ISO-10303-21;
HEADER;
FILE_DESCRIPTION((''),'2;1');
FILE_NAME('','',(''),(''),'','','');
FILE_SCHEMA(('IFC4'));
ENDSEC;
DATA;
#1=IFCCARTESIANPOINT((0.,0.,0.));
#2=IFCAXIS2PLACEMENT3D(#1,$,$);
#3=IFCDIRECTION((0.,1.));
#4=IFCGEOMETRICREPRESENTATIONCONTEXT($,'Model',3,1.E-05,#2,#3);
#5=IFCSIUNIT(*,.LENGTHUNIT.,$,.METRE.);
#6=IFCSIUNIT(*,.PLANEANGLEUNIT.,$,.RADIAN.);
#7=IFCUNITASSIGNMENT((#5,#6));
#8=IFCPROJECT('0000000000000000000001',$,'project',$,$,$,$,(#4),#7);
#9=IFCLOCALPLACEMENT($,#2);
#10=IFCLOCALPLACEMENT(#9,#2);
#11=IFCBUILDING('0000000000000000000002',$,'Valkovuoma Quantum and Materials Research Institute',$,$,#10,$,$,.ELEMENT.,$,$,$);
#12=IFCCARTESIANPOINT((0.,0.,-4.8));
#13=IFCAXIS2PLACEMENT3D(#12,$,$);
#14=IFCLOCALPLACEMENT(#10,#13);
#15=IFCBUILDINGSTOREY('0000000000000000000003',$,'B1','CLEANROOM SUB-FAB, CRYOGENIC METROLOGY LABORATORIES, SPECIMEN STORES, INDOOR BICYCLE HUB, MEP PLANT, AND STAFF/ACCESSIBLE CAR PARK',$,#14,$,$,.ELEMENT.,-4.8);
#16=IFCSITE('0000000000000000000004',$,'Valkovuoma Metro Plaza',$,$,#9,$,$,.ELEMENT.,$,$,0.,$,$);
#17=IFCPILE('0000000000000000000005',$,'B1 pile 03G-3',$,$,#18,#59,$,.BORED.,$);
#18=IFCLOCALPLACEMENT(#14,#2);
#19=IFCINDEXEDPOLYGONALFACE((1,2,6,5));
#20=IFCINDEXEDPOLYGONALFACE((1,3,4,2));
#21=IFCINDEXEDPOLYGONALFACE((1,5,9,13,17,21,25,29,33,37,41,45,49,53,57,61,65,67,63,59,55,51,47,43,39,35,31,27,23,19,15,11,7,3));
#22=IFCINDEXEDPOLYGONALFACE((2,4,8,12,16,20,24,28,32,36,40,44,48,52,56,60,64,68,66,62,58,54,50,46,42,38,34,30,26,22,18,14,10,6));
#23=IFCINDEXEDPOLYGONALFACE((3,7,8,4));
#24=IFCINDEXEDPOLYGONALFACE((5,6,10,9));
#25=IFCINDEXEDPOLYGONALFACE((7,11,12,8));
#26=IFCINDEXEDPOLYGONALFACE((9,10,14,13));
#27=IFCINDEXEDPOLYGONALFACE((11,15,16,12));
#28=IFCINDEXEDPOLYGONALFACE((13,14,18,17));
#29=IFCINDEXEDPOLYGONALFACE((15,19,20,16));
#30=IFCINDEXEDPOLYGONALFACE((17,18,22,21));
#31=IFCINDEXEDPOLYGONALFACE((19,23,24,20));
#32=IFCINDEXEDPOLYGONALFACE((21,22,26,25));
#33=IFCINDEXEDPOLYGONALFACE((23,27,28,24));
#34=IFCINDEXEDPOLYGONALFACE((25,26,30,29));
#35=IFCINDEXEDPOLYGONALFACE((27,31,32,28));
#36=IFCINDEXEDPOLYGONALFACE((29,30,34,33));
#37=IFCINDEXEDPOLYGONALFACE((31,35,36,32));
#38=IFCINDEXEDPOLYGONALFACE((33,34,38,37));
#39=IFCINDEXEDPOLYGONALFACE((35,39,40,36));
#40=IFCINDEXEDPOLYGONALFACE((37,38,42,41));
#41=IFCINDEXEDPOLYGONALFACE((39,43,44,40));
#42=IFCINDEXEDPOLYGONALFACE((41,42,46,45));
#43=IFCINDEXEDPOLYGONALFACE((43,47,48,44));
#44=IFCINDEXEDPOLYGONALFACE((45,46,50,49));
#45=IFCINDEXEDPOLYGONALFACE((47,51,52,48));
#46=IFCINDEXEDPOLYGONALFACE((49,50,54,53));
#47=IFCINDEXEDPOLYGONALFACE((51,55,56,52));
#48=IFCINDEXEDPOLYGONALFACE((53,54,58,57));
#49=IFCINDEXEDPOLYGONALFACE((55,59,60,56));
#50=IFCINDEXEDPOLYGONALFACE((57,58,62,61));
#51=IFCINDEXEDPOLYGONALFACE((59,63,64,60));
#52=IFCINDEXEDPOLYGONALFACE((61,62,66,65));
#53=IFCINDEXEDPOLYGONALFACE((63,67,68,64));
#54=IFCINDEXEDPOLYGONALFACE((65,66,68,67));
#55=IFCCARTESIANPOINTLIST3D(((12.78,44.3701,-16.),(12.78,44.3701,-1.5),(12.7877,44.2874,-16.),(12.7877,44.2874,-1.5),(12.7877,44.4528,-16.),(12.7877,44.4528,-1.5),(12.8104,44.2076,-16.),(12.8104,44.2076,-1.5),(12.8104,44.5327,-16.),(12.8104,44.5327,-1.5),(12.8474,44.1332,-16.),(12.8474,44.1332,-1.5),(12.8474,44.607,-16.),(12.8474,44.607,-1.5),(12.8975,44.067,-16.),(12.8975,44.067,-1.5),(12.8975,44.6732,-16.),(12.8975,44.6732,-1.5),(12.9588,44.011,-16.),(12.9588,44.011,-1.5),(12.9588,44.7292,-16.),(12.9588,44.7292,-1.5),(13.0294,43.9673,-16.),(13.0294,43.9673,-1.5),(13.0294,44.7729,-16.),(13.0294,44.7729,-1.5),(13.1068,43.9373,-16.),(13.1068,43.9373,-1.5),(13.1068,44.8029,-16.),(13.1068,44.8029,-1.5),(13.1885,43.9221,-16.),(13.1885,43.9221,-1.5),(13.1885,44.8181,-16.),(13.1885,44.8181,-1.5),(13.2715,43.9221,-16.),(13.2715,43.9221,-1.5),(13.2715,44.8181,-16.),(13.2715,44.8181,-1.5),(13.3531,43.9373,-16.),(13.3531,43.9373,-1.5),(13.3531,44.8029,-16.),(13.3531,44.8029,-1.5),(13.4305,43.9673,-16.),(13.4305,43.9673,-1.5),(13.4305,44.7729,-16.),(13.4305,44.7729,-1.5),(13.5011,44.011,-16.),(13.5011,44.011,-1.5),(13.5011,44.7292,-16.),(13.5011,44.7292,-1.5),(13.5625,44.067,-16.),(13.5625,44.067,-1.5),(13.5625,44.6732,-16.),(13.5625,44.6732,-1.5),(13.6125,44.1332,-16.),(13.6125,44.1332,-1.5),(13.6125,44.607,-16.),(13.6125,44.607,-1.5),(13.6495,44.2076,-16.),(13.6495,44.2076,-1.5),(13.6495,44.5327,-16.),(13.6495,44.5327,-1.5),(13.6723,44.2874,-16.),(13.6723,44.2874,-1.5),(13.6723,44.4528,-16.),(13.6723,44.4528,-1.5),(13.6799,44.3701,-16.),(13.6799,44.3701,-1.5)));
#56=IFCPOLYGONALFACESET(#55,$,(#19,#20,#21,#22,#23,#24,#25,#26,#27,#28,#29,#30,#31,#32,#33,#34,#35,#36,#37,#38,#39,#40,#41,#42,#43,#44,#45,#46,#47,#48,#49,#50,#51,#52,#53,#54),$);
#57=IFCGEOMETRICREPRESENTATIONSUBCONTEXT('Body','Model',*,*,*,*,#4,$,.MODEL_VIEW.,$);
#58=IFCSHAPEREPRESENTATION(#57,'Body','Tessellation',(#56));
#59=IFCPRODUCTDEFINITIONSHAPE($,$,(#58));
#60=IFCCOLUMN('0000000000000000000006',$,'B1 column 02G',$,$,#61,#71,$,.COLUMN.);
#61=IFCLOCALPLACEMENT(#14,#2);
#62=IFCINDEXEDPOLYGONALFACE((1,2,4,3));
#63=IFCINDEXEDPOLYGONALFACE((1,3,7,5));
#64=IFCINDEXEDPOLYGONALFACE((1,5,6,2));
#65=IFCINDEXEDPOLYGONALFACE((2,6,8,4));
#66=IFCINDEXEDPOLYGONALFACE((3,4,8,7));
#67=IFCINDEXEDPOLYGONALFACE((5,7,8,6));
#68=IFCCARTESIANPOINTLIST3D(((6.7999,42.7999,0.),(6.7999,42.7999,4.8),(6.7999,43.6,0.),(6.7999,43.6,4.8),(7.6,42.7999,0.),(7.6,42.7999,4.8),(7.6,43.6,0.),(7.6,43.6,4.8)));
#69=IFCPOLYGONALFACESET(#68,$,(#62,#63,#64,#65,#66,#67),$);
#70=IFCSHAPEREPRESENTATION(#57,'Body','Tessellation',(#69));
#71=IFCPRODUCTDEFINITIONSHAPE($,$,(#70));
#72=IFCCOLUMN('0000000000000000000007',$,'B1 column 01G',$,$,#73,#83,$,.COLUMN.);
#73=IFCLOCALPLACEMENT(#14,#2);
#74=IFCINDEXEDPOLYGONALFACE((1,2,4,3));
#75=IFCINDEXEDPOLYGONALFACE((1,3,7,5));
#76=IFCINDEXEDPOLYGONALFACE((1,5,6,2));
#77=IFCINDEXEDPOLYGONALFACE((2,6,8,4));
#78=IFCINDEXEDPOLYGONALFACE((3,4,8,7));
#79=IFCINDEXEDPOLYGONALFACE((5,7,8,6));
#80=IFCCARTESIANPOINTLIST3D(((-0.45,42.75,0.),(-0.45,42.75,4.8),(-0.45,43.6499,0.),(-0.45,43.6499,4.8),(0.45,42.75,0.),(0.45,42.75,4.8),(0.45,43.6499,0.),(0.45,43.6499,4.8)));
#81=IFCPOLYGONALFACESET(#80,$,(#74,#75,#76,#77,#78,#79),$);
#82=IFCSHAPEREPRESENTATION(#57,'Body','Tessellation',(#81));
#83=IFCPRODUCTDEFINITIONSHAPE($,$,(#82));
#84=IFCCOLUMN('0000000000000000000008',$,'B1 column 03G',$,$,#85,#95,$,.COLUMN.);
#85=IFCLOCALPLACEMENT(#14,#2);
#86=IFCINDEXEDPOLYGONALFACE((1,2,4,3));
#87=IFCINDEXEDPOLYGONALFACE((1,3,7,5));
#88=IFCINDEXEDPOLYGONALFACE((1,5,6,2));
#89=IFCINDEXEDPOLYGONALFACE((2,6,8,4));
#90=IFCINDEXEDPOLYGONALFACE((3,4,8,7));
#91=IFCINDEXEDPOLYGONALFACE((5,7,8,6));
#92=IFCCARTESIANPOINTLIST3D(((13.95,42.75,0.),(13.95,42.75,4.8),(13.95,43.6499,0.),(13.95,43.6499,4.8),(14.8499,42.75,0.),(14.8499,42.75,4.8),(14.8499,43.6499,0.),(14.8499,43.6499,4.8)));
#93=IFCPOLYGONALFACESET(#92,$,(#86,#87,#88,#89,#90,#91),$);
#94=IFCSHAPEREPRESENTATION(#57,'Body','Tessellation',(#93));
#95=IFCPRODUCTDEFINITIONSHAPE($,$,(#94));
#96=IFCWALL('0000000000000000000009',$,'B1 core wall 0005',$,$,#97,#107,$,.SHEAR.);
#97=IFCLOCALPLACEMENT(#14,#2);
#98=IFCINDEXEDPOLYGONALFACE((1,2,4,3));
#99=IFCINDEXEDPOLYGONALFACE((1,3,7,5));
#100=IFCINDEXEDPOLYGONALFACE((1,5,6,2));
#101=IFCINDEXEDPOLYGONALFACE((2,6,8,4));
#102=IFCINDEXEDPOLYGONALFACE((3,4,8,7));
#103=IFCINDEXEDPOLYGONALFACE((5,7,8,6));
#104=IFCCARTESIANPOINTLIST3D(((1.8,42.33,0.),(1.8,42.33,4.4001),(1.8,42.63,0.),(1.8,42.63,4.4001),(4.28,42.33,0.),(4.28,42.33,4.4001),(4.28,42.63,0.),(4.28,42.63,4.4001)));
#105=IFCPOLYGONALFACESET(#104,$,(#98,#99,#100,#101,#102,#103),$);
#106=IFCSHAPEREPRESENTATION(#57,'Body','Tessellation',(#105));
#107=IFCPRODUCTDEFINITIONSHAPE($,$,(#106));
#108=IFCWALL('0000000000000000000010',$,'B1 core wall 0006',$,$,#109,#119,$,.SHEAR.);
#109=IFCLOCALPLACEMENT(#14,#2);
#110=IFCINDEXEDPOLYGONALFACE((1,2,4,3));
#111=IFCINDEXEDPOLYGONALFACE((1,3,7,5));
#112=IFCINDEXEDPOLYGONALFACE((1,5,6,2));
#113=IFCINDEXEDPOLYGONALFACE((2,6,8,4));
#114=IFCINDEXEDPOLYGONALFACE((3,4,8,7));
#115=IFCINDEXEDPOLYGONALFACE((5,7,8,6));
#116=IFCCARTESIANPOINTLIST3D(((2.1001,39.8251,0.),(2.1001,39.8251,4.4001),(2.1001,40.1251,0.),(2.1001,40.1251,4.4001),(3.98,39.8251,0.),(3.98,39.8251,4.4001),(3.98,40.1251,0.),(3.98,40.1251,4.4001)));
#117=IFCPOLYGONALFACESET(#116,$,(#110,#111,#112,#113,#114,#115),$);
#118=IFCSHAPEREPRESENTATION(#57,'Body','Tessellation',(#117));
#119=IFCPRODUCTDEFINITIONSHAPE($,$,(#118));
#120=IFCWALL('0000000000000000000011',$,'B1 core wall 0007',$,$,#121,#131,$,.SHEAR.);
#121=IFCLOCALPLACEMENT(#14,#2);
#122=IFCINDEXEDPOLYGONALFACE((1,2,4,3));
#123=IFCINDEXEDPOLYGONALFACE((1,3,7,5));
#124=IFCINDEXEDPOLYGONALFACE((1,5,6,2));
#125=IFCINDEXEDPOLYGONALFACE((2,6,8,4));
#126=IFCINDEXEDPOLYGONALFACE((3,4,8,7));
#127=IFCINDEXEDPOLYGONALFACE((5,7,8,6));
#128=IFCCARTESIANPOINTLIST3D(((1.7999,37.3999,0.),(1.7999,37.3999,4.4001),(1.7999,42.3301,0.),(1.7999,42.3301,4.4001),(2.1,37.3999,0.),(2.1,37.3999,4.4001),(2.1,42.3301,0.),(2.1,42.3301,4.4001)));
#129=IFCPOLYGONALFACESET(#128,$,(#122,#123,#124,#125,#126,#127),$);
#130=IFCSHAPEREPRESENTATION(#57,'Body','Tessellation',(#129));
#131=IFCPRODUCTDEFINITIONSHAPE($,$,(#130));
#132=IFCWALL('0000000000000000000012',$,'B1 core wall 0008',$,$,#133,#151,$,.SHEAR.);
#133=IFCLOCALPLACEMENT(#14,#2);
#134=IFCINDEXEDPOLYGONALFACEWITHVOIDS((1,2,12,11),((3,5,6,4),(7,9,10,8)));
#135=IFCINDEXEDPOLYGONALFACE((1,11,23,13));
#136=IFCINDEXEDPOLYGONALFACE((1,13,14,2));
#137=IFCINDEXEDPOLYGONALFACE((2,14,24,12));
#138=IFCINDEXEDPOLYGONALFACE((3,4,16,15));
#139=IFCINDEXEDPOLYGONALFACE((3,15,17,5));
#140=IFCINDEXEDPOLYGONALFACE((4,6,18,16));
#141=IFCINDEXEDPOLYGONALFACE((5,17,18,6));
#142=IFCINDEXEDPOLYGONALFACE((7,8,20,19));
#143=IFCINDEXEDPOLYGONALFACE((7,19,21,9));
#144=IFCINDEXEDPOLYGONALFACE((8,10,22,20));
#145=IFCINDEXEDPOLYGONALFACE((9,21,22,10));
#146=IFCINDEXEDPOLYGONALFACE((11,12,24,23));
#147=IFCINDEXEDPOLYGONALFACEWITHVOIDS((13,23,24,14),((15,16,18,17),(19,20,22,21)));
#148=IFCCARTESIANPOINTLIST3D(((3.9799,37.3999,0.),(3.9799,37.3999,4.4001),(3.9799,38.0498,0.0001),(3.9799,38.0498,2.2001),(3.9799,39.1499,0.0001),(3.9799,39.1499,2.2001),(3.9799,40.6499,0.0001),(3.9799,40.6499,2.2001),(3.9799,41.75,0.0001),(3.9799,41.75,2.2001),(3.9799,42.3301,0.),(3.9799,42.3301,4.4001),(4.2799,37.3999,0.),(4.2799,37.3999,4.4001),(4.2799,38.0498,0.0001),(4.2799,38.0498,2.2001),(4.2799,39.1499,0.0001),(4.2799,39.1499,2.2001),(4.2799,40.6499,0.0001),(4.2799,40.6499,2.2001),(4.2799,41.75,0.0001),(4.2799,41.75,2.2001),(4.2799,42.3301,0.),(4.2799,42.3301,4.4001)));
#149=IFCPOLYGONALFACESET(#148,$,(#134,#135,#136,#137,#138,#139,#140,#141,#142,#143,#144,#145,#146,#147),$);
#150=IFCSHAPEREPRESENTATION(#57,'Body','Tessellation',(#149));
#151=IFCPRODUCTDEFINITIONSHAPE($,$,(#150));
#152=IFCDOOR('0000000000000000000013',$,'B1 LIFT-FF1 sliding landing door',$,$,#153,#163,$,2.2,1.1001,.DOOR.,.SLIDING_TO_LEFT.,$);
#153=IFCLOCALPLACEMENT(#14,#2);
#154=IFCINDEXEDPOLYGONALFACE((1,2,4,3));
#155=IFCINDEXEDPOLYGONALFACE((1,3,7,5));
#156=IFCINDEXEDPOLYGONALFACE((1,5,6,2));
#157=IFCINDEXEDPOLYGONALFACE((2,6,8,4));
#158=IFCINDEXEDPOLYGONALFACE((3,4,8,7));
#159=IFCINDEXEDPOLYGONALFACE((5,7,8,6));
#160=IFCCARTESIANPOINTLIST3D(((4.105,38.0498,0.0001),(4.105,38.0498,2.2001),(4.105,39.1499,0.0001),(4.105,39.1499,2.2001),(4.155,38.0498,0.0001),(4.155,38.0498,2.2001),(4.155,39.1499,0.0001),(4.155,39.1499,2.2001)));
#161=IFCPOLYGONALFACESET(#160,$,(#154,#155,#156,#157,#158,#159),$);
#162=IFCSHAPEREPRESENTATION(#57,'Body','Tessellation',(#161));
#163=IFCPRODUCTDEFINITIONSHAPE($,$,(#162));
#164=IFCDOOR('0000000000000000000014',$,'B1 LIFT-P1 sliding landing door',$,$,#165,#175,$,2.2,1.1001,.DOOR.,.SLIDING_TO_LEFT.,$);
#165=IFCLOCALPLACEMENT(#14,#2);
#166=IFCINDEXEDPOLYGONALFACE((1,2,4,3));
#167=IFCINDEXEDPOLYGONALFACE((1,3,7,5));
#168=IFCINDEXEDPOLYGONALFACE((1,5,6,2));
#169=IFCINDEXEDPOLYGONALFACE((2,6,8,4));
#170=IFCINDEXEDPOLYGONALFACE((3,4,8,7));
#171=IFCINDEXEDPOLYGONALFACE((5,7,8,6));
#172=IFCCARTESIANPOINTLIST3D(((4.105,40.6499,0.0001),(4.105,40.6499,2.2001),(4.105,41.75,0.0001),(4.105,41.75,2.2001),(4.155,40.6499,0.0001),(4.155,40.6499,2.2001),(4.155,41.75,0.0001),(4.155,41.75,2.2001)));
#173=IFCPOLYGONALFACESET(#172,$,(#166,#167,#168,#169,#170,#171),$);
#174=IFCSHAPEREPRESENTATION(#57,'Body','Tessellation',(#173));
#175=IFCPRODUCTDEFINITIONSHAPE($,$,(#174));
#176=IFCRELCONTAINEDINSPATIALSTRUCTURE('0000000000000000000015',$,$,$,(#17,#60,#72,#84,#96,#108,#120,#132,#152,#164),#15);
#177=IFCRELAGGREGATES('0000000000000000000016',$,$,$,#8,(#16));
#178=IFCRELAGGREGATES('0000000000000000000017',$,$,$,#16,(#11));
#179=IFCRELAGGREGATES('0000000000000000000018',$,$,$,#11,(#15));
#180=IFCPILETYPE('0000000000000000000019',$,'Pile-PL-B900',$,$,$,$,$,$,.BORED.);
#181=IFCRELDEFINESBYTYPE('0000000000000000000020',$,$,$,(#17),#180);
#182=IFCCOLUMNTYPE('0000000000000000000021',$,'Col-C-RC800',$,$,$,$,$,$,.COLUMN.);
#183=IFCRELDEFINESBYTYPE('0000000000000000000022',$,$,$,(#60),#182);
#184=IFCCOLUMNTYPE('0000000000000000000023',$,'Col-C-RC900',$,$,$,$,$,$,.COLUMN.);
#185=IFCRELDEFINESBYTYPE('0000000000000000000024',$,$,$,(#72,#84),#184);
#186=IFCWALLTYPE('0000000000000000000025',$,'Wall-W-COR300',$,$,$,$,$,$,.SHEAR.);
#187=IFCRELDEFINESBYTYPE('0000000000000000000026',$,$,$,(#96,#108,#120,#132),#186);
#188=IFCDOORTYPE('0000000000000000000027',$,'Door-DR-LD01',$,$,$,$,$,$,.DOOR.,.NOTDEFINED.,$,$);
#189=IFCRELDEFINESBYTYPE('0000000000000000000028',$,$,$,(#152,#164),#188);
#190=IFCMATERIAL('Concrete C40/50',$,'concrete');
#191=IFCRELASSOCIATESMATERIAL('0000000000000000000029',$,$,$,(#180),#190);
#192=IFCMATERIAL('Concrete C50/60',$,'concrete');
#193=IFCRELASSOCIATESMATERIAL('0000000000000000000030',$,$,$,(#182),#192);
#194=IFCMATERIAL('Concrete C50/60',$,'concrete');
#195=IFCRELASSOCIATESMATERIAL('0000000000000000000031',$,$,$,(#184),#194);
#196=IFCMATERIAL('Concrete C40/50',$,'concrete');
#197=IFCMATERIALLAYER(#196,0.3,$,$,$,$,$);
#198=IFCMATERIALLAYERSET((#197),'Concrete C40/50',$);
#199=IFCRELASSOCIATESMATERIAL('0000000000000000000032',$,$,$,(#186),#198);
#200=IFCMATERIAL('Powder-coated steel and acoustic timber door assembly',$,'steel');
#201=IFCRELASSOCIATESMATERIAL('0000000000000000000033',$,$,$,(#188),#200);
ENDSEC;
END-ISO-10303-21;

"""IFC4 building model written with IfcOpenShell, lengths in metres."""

from ifc_helpers import new_model, si_unit, direction, frame, frame_2d, origin, origin_2d, place, context, subcontext, project, spatial, rectangle, circle, extrude, material, layer, layer_set, material_profile, profile_set, type_object, element, fill, save


model = new_model("IFC4")

# Units and contexts
model_context = context("Model", 3, precision=1e-05, world=origin(), true_north=direction((0.0, 1.0)))
body_context = subcontext(model_context, "Body", "Model", "MODEL_VIEW")
ifc_project = project(units=[si_unit("LENGTHUNIT", "METRE"), si_unit("PLANEANGLEUNIT", "RADIAN")], contexts=[model_context])

# Site, building, storey
site_placement = place(None, origin())
site = spatial("IfcSite", under=ifc_project, at=site_placement, Name="Valkovuoma Metro Plaza", CompositionType="ELEMENT", RefElevation=0.0)
building_placement = place(site_placement, origin())
building = spatial("IfcBuilding", under=site, at=building_placement, Name="Valkovuoma Quantum and Materials Research Institute", CompositionType="ELEMENT")
storey_placement = place(building_placement, frame((0.0, 0.0, -4.8)))
storey = spatial("IfcBuildingStorey", under=building, at=storey_placement, Name="B1", Description="CLEANROOM SUB-FAB, CRYOGENIC METROLOGY LABORATORIES, SPECIMEN STORES, INDOOR BICYCLE HUB, MEP PLANT, AND STAFF/ACCESSIBLE CAR PARK", CompositionType="ELEMENT", Elevation=-4.8)

# Pile
ifc_material_1 = material(Name="Concrete C40/50", Category="concrete")
ifc_material_profile_1 = material_profile(ifc_material_1, circle(Radius=0.45, at=origin_2d()), Name="Concrete C40/50")
ifc_profile_set_1 = profile_set([ifc_material_profile_1], Name="Concrete C40/50")
pile_type_1 = type_object("IfcPileType", Name="Pile-PL-B900", PredefinedType="BORED", material=ifc_profile_set_1)
for number, where, z_axis, x_axis, name in (
    (1, (13.23, 44.3701, -1.5), (0.0, 0.0, -1.0), (1.0, 0.0, 0.0), "B1 pile 03G-3"),
):
    element("IfcPile", number, at=place(storey_placement, frame(where, z_axis=z_axis, x_axis=x_axis)), inside=storey, type_object=pile_type_1, Name=name, PredefinedType="BORED", context=body_context, shape_type="SweptSolid", body=[
        extrude(circle(Radius=0.45, at=origin_2d()), origin(), (0.0, 0.0, 1.0), 14.5),
    ])

# Columns
ifc_material_2 = material(Name="Concrete C50/60", Category="concrete")
ifc_material_profile_2 = material_profile(ifc_material_2, rectangle(XDim=0.8, YDim=0.8, at=origin_2d()), Name="Concrete C50/60")
ifc_profile_set_2 = profile_set([ifc_material_profile_2], Name="Concrete C50/60")
column_type_1 = type_object("IfcColumnType", Name="Col-C-RC800", PredefinedType="COLUMN", material=ifc_profile_set_2)
column_placement = place(storey_placement, frame((7.2, 43.2, 0.0), z_axis=(0.0, 0.0, 1.0), x_axis=(1.0, 0.0, 0.0)))
element("IfcColumn", 2, at=column_placement, inside=storey, type_object=column_type_1, Name="B1 column 02G", PredefinedType="COLUMN", context=body_context, shape_type="SweptSolid", body=[
    extrude(rectangle(XDim=0.8, YDim=0.8, at=origin_2d()), origin(), (0.0, 0.0, 1.0), 4.8),
])
ifc_material_3 = material(Name="Concrete C50/60", Category="concrete")
ifc_material_profile_3 = material_profile(ifc_material_3, rectangle(XDim=0.8999, YDim=0.8999, at=origin_2d()), Name="Concrete C50/60")
ifc_profile_set_3 = profile_set([ifc_material_profile_3], Name="Concrete C50/60")
column_type_2 = type_object("IfcColumnType", Name="Col-C-RC900", PredefinedType="COLUMN", material=ifc_profile_set_3)
for number, where, z_axis, x_axis, name in (
    (3, (0.0, 43.2, 0.0), (0.0, 0.0, 1.0), (1.0, 0.0, 0.0), "B1 column 01G"),
    (4, (14.3999, 43.2, 0.0), (0.0, 0.0, 1.0), (1.0, 0.0, 0.0), "B1 column 03G"),
):
    element("IfcColumn", number, at=place(storey_placement, frame(where, z_axis=z_axis, x_axis=x_axis)), inside=storey, type_object=column_type_2, Name=name, PredefinedType="COLUMN", context=body_context, shape_type="SweptSolid", body=[
        extrude(rectangle(XDim=0.8999, YDim=0.8999, at=origin_2d()), origin(), (0.0, 0.0, 1.0), 4.8),
    ])

# Walls
ifc_material_4 = material(Name="Concrete C40/50", Category="concrete")
ifc_layer_1 = layer(ifc_material_4, 0.3)
ifc_layer_set_1 = layer_set([ifc_layer_1], Name="Concrete C40/50")
wall_type_1 = type_object("IfcWallType", Name="Wall-W-COR300", PredefinedType="SHEAR", material=ifc_layer_set_1)
wall_1_placement = place(storey_placement, frame((1.8, 42.48, 0.0), z_axis=(0.0, 0.0, 1.0), x_axis=(1.0, 0.0, 0.0)))
element("IfcWall", 5, at=wall_1_placement, inside=storey, type_object=wall_type_1, Name="B1 core wall 0005", PredefinedType="SHEAR", context=body_context, shape_type="SweptSolid", body=[
    extrude(rectangle(XDim=2.48, YDim=0.3, at=frame_2d((1.24, 0.0))), origin(), (0.0, 0.0, 1.0), 4.4001),
])
wall_2_placement = place(storey_placement, frame((2.1001, 39.9751, 0.0), z_axis=(0.0, 0.0, 1.0), x_axis=(1.0, 0.0, 0.0)))
element("IfcWall", 6, at=wall_2_placement, inside=storey, type_object=wall_type_1, Name="B1 core wall 0006", PredefinedType="SHEAR", context=body_context, shape_type="SweptSolid", body=[
    extrude(rectangle(XDim=1.8799, YDim=0.3, at=frame_2d((0.9399, 0.0))), origin(), (0.0, 0.0, 1.0), 4.4001),
])
wall_3_placement = place(storey_placement, frame((1.95, 37.3999, 0.0), z_axis=(0.0, 0.0, 1.0), x_axis=(0.0, 1.0, 0.0)))
element("IfcWall", 7, at=wall_3_placement, inside=storey, type_object=wall_type_1, Name="B1 core wall 0007", PredefinedType="SHEAR", context=body_context, shape_type="SweptSolid", body=[
    extrude(rectangle(XDim=4.9302, YDim=0.3, at=frame_2d((2.4651, 0.0))), origin(), (0.0, 0.0, 1.0), 4.4001),
])

# Wall, openings, doors
wall_4_placement = place(storey_placement, frame((4.1299, 37.3999, 0.0), z_axis=(0.0, 0.0, 1.0), x_axis=(0.0, 1.0, 0.0)))
wall_4 = element("IfcWall", 8, at=wall_4_placement, inside=storey, type_object=wall_type_1, Name="B1 core wall 0008", PredefinedType="SHEAR", context=body_context, shape_type="SweptSolid", body=[
    extrude(rectangle(XDim=4.9302, YDim=0.3, at=frame_2d((2.4651, 0.0))), origin(), (0.0, 0.0, 1.0), 4.4001),
])
opening_1_placement = place(wall_4_placement, frame((0.6499, 0.0, 0.0)))
opening_1 = element("IfcOpeningElement", 9, at=opening_1_placement, cuts=wall_4, PredefinedType="OPENING", context=body_context, shape_type="SweptSolid", body=[
    extrude(rectangle(XDim=1.1001, YDim=2.2, at=frame_2d((0.55, 1.1001))), frame((0.0, 0.1602, 0.0), z_axis=(0.0, -1.0, 0.0), x_axis=(1.0, 0.0, 0.0)), (0.0, 0.0, 1.0), 0.3201),
])
opening_2_placement = place(wall_4_placement, frame((3.25, 0.0, 0.0)))
opening_2 = element("IfcOpeningElement", 10, at=opening_2_placement, cuts=wall_4, PredefinedType="OPENING", context=body_context, shape_type="SweptSolid", body=[
    extrude(rectangle(XDim=1.1001, YDim=2.2, at=frame_2d((0.55, 1.1001))), frame((0.0, 0.1602, 0.0), z_axis=(0.0, -1.0, 0.0), x_axis=(1.0, 0.0, 0.0)), (0.0, 0.0, 1.0), 0.3201),
])
ifc_material_5 = material(Name="Powder-coated steel and acoustic timber door assembly", Category="steel")
door_type_1 = type_object("IfcDoorType", Name="Door-DR-LD01", OperationType="NOTDEFINED", PredefinedType="DOOR", material=ifc_material_5)
door_1_placement = place(opening_1_placement, origin())
door_1 = element("IfcDoor", 11, at=door_1_placement, inside=storey, type_object=door_type_1, Name="B1 LIFT-FF1 sliding landing door", OperationType="SLIDING_TO_LEFT", OverallHeight=2.2, OverallWidth=1.1001, PredefinedType="DOOR", context=body_context, shape_type="SweptSolid", body=[
    extrude(rectangle(XDim=1.1001, YDim=2.2, at=frame_2d((0.55, 1.1001))), frame((0.0, 0.0249, 0.0), z_axis=(0.0, -1.0, 0.0), x_axis=(1.0, 0.0, 0.0)), (0.0, 0.0, 1.0), 0.05),
])
fill(opening_1, door_1)
door_2_placement = place(opening_2_placement, origin())
door_2 = element("IfcDoor", 12, at=door_2_placement, inside=storey, type_object=door_type_1, Name="B1 LIFT-P1 sliding landing door", OperationType="SLIDING_TO_LEFT", OverallHeight=2.2, OverallWidth=1.1001, PredefinedType="DOOR", context=body_context, shape_type="SweptSolid", body=[
    extrude(rectangle(XDim=1.1001, YDim=2.2, at=frame_2d((0.55, 1.1001))), frame((0.0, 0.0249, 0.0), z_axis=(0.0, -1.0, 0.0), x_axis=(1.0, 0.0, 0.0)), (0.0, 0.0, 1.0), 0.05),
])
fill(opening_2, door_2)

save(model, "model.ifc")
